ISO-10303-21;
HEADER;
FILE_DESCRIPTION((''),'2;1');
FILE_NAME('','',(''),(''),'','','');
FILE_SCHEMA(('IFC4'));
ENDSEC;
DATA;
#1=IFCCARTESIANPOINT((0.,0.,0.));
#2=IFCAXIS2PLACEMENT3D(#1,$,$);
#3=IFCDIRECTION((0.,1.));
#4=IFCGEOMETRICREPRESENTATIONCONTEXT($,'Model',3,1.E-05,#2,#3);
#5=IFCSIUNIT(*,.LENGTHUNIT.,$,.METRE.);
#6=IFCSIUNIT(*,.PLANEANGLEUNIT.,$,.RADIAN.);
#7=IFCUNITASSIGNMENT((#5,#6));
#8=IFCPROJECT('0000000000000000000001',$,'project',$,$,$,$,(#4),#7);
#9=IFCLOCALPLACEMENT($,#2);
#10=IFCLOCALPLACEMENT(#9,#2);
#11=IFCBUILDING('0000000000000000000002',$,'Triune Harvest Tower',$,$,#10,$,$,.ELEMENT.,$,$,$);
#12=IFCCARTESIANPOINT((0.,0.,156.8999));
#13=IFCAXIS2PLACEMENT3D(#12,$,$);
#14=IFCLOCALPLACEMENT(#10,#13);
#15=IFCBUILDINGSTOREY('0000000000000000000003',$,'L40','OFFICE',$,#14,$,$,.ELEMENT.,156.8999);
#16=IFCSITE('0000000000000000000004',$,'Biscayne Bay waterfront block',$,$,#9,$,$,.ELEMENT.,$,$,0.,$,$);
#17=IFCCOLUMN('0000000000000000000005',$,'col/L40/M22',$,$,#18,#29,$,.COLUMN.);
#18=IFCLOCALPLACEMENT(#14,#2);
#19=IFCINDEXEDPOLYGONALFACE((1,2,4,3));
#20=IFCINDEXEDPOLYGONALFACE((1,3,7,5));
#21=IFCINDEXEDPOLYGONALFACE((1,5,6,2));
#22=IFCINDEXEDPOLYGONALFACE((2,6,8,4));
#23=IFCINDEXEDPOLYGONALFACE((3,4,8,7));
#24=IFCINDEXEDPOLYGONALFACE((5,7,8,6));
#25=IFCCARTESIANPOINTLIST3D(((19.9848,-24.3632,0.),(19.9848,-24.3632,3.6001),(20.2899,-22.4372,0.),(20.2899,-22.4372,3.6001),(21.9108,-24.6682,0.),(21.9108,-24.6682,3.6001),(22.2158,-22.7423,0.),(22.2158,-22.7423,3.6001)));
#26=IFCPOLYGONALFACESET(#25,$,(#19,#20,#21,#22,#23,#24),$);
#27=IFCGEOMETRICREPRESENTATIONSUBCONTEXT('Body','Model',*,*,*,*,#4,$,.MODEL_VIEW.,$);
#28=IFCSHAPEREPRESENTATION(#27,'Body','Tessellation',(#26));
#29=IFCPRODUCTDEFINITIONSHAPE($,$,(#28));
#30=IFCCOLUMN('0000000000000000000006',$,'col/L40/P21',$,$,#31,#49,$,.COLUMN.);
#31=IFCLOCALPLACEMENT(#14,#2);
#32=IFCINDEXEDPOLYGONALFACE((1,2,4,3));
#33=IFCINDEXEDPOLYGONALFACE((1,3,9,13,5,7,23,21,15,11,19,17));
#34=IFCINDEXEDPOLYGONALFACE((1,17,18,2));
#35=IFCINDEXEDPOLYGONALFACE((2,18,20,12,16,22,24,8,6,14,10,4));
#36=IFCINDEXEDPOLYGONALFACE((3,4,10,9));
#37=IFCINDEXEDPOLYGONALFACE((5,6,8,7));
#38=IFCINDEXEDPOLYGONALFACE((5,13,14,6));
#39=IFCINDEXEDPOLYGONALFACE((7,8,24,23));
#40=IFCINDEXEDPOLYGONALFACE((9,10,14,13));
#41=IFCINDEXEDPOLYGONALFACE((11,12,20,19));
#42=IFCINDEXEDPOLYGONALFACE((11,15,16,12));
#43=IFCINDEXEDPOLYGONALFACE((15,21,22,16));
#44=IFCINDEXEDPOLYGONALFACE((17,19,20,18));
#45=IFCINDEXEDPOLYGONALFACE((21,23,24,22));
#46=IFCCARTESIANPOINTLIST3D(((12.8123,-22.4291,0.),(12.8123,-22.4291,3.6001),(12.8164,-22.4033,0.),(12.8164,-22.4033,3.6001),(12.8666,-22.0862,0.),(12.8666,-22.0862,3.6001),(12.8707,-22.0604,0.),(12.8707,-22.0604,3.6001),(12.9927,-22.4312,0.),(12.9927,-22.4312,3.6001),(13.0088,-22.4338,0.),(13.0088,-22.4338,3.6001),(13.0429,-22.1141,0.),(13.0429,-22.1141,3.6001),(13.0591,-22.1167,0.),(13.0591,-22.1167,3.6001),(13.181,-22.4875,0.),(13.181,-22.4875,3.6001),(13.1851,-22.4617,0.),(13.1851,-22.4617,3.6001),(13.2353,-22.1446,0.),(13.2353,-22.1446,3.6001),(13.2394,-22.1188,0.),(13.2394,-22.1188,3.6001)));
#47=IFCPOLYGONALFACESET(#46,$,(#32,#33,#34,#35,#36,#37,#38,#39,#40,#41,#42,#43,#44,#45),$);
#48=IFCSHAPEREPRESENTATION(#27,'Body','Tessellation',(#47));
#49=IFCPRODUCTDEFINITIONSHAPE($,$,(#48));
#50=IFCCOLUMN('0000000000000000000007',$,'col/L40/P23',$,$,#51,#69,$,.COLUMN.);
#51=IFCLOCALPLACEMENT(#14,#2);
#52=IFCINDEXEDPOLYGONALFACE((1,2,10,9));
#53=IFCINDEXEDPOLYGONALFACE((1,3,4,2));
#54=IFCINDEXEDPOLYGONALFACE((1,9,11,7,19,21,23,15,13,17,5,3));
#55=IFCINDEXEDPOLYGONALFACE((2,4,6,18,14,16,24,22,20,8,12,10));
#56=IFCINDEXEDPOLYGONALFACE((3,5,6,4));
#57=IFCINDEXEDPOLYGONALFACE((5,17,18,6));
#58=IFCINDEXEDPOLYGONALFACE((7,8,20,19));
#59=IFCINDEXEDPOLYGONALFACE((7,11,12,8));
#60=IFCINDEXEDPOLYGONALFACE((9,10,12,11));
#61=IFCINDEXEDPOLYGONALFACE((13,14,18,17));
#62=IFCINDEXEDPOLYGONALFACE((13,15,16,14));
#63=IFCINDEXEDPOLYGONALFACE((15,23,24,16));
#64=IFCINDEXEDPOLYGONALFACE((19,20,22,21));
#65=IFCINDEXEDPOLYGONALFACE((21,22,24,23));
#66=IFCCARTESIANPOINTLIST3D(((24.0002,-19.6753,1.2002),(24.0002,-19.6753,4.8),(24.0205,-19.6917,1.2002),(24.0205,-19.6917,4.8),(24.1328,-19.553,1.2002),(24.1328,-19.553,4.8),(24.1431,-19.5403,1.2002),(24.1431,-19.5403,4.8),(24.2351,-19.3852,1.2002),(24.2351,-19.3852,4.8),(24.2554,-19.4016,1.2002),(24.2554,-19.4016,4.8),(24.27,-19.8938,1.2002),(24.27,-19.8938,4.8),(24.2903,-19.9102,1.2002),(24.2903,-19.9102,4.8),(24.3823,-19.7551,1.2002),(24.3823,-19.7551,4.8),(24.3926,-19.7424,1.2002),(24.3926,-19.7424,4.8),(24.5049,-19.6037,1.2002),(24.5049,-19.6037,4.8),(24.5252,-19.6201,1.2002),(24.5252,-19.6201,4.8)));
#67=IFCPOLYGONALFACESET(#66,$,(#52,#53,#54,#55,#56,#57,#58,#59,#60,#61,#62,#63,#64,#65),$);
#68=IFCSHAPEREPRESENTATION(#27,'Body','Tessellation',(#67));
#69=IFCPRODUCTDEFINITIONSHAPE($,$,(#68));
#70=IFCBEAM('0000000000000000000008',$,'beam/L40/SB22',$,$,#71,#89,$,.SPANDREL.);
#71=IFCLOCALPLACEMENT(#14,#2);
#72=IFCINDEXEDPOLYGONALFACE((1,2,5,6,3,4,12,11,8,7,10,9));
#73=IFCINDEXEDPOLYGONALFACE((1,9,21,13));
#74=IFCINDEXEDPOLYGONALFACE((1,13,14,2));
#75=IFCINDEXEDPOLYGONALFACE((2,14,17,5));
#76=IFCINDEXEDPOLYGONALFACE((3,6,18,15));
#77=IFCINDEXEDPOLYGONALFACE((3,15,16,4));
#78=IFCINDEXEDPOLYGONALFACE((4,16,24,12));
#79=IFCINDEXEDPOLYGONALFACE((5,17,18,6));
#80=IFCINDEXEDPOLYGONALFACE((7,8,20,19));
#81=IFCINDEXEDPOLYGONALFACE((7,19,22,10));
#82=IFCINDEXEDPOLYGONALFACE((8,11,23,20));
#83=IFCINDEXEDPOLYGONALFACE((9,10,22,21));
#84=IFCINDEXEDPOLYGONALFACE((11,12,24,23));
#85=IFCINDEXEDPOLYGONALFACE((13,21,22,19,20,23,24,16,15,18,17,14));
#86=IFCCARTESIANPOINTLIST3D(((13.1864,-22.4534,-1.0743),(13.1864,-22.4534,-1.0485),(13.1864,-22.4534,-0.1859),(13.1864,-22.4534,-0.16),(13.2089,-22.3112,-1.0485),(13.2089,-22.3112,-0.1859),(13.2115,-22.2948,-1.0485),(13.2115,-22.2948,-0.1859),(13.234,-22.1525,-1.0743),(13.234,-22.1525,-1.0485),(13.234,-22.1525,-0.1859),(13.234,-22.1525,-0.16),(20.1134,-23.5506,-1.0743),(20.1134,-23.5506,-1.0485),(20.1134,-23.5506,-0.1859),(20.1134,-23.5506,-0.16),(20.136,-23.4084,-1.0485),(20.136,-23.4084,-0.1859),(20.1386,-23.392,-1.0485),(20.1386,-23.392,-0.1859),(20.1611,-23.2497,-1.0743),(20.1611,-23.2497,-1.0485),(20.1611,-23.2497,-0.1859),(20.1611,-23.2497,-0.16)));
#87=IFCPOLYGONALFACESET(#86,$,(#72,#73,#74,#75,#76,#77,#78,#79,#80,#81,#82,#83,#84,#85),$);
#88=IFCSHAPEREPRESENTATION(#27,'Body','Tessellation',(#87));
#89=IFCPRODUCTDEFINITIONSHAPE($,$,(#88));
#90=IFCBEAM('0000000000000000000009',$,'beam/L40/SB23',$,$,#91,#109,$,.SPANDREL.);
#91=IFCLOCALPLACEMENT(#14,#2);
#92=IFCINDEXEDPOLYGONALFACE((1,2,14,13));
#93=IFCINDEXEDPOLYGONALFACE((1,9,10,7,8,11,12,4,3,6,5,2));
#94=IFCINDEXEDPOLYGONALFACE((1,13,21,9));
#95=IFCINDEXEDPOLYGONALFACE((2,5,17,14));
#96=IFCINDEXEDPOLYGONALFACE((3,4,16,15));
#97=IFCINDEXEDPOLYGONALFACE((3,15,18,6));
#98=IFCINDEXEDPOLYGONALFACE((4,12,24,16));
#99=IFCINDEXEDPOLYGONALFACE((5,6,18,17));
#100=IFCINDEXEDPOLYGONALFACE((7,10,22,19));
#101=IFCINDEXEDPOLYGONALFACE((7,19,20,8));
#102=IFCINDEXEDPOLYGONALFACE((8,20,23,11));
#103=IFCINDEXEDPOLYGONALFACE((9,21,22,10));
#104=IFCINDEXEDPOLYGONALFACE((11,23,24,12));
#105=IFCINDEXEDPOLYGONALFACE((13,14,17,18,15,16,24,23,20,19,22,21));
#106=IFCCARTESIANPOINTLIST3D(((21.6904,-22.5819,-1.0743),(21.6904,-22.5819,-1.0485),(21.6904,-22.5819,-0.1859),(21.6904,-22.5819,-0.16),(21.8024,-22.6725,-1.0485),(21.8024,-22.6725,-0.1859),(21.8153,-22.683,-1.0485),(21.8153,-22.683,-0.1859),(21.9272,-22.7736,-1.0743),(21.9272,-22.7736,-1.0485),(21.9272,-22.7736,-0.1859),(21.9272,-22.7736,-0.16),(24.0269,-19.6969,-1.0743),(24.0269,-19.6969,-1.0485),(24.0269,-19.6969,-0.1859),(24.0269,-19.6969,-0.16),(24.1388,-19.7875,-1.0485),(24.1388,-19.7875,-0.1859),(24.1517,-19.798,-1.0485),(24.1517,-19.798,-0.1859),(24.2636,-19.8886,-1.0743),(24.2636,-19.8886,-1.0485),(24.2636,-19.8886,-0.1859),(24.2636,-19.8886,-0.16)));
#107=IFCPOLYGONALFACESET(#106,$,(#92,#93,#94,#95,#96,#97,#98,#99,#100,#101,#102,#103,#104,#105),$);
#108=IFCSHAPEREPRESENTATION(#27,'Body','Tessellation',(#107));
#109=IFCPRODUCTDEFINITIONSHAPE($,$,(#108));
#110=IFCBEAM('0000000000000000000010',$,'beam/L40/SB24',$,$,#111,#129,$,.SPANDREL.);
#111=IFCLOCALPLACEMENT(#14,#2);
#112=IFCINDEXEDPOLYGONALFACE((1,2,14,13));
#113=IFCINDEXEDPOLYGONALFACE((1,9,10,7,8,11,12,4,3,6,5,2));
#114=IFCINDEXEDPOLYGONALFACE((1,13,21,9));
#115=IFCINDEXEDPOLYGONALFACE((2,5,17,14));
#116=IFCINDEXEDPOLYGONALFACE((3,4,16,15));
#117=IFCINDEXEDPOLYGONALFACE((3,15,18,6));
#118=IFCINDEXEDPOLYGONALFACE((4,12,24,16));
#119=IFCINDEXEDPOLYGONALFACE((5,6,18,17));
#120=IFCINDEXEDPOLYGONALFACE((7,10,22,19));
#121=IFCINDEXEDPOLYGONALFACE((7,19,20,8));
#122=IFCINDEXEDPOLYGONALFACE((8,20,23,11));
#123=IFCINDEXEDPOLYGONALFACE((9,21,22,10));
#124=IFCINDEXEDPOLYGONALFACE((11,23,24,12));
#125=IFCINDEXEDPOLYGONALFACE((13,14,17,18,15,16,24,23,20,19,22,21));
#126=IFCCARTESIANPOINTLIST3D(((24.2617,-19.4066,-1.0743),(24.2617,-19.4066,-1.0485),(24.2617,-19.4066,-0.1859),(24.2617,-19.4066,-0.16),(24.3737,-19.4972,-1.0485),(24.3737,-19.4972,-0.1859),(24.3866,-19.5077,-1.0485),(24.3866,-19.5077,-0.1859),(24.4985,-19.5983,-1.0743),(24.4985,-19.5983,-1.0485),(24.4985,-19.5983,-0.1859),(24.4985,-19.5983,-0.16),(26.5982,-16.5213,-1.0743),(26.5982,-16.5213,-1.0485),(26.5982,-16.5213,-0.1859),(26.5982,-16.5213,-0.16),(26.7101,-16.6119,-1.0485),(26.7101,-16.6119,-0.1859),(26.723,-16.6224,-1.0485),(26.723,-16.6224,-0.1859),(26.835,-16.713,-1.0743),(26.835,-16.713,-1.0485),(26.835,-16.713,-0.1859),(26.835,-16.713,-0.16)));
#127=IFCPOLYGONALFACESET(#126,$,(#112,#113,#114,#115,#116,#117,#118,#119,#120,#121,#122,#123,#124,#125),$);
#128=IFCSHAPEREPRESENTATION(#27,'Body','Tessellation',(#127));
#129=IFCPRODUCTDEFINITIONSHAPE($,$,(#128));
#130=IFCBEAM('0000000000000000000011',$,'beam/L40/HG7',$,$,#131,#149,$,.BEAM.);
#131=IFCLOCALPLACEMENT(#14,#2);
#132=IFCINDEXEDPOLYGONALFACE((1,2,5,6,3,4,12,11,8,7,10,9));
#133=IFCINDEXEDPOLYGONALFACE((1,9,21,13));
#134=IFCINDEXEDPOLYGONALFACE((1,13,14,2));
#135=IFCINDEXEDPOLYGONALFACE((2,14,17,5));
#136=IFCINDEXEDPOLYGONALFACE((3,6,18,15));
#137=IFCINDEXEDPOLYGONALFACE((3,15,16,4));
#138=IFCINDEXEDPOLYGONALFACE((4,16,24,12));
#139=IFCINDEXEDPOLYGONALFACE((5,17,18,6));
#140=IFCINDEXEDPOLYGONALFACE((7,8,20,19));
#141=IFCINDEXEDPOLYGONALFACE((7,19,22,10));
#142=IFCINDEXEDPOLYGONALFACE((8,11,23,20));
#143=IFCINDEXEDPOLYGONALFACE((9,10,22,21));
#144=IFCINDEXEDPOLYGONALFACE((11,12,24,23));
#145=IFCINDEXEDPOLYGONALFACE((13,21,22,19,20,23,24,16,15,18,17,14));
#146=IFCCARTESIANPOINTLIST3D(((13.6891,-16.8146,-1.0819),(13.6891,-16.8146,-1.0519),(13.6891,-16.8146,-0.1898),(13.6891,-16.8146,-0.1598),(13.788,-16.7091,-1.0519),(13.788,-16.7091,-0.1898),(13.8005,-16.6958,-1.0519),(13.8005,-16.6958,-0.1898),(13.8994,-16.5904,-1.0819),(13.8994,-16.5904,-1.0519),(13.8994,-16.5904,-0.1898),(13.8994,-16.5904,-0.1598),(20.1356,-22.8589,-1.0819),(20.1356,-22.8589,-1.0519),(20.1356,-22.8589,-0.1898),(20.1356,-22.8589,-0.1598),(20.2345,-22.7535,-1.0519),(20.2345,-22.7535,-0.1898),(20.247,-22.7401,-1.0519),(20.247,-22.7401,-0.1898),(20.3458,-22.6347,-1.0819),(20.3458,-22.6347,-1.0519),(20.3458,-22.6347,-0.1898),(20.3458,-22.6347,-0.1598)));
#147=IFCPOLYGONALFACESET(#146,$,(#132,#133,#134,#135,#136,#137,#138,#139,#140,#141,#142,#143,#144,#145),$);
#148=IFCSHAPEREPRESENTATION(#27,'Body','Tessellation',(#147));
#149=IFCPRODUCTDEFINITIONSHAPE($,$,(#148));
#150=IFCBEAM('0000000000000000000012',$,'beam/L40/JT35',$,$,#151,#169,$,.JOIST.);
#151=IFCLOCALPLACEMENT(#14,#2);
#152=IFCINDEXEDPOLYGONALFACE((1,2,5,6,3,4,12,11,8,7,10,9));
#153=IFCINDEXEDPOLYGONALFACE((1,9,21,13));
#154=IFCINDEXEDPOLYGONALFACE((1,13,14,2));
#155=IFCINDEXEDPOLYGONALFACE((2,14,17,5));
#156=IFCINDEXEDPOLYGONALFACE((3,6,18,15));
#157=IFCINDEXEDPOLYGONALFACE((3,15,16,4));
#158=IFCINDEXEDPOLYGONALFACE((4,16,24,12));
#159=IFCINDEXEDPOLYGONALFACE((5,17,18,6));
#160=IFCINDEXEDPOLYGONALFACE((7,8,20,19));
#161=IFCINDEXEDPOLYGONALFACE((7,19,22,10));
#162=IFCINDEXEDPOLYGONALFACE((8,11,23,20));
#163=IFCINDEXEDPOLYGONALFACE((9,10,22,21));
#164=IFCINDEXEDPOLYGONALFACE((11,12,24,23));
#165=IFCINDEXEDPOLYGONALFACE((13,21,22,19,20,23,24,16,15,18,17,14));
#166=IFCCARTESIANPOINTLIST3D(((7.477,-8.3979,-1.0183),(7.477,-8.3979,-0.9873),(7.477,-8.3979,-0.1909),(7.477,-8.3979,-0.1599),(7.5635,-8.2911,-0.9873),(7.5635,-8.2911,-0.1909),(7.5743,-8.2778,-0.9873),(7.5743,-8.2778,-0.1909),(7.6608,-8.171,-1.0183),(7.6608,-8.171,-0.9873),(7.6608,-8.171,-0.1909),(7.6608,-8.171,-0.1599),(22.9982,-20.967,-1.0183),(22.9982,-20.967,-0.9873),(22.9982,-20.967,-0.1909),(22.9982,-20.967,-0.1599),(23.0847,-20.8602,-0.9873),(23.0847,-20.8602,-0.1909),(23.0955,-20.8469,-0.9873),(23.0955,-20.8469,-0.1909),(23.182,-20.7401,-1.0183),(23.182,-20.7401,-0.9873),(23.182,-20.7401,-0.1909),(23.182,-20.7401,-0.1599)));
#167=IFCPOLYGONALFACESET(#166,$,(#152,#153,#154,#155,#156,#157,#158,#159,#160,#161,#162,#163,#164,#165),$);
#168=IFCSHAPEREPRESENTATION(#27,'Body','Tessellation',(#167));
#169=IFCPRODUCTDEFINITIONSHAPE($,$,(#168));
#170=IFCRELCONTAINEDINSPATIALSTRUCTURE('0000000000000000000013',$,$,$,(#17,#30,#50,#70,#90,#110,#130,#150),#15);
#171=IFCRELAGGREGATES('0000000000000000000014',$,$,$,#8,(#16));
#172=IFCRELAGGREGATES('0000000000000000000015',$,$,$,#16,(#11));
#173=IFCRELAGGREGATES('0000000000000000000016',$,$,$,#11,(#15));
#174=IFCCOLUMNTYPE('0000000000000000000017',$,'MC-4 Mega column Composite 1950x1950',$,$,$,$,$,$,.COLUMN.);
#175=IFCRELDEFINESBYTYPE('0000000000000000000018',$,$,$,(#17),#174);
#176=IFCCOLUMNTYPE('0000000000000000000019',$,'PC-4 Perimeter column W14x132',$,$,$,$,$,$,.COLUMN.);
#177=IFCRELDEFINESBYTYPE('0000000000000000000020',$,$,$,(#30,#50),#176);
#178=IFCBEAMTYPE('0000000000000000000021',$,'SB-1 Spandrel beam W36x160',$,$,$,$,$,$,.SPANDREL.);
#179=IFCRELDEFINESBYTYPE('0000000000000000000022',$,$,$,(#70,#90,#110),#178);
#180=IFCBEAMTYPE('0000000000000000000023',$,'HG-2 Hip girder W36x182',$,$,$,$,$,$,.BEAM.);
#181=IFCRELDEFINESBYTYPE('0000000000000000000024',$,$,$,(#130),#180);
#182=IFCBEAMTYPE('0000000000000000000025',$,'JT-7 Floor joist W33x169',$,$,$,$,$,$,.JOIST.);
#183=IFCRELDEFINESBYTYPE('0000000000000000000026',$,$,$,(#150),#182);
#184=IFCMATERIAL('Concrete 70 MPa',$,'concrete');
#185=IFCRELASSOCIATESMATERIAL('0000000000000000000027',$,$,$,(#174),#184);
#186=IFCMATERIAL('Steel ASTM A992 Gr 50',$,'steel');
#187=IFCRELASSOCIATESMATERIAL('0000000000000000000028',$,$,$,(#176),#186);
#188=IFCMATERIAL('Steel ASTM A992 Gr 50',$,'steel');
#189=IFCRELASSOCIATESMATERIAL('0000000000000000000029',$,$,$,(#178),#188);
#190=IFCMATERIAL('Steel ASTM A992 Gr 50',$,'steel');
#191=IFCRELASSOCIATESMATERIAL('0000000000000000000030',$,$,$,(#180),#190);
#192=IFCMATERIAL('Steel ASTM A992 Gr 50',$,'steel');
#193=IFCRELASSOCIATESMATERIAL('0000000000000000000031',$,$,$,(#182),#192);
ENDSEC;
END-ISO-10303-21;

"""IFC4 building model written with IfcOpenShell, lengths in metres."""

from ifc_helpers import new_model, si_unit, direction, frame, origin, origin_2d, place, context, subcontext, project, spatial, rectangle, i_section, extrude, source, transform, mapped, material, material_profile, profile_set, type_object, element, save


model = new_model("IFC4")

# Units and contexts
model_context = context("Model", 3, precision=1e-05, world=origin(), true_north=direction((0.0, 1.0)))
body_context = subcontext(model_context, "Body", "Model", "MODEL_VIEW")
ifc_project = project(units=[si_unit("LENGTHUNIT", "METRE"), si_unit("PLANEANGLEUNIT", "RADIAN")], contexts=[model_context])

# Site, building, storey
site_placement = place(None, origin())
site = spatial("IfcSite", under=ifc_project, at=site_placement, Name="Biscayne Bay waterfront block", CompositionType="ELEMENT", RefElevation=0.0)
building_placement = place(site_placement, origin())
building = spatial("IfcBuilding", under=site, at=building_placement, Name="Triune Harvest Tower", CompositionType="ELEMENT")
storey_placement = place(building_placement, frame((0.0, 0.0, 156.8999)))
storey = spatial("IfcBuildingStorey", under=building, at=storey_placement, Name="L40", Description="OFFICE", CompositionType="ELEMENT", Elevation=156.8999)

# Columns
ifc_material_1 = material(Name="Concrete 70 MPa", Category="concrete")
ifc_material_profile_1 = material_profile(ifc_material_1, rectangle(XDim=1.95, YDim=1.95, at=origin_2d()), Name="Composite 1950x1950")
ifc_profile_set_1 = profile_set([ifc_material_profile_1], Name="Concrete 70 MPa")
column_type_1 = type_object("IfcColumnType", Name="MC-4 Mega column Composite 1950x1950", PredefinedType="COLUMN", material=ifc_profile_set_1)
shared_shape_1 = source(origin(), body_context, "Body", "SweptSolid", [
    extrude(rectangle(XDim=1.95, YDim=1.95, at=origin_2d()), origin(), (0.0, 0.0, 1.0), 3.6001),
])
column_1_placement = place(storey_placement, frame((21.1003, -23.5527, 0.0), z_axis=(0.0, 0.0, 1.0), x_axis=(0.987688, -0.156434, 0.0)))
element("IfcColumn", 1, at=column_1_placement, inside=storey, type_object=column_type_1, Name="col/L40/M22", PredefinedType="COLUMN", context=body_context, shape_type="MappedRepresentation", body=[
    mapped(shared_shape_1, transform((0.0, 0.0, 0.0), scale=1.0)),
])
ifc_material_2 = material(Name="Steel ASTM A992 Gr 50", Category="steel")
ifc_material_profile_2 = material_profile(ifc_material_2, i_section(OverallWidth=0.3733, OverallDepth=0.3733, WebThickness=0.0164, FlangeThickness=0.0261, at=origin_2d()), Name="W14x132")
ifc_profile_set_2 = profile_set([ifc_material_profile_2], Name="Steel ASTM A992 Gr 50")
column_type_2 = type_object("IfcColumnType", Name="PC-4 Perimeter column W14x132", PredefinedType="COLUMN", material=ifc_profile_set_2)
shared_shape_2 = source(origin(), body_context, "Body", "SweptSolid", [
    extrude(i_section(OverallWidth=0.3733, OverallDepth=0.3733, WebThickness=0.0164, FlangeThickness=0.0261, at=origin_2d()), origin(), (0.0, 0.0, 1.0), 3.6001),
])
column_2_placement = place(storey_placement, frame((13.0259, -22.2739, 0.0), z_axis=(0.0, 0.0, 1.0), x_axis=(0.987688, -0.156434, 0.0)))
element("IfcColumn", 2, at=column_2_placement, inside=storey, type_object=column_type_2, Name="col/L40/P21", PredefinedType="COLUMN", context=body_context, shape_type="MappedRepresentation", body=[
    mapped(shared_shape_2, transform((0.0, 0.0, 0.0), scale=1.0)),
])
shared_shape_3 = source(origin(), body_context, "Body", "SweptSolid", [
    extrude(i_section(OverallWidth=0.3733, OverallDepth=0.3733, WebThickness=0.0164, FlangeThickness=0.0261, at=origin_2d()), origin(), (0.0, 0.0, 1.0), 3.5999),
])
column_3_placement = place(storey_placement, frame((24.2627, -19.6477, 1.2002), z_axis=(0.0, 0.0, 1.0), x_axis=(0.629322, 0.777145, 0.0)))
element("IfcColumn", 3, at=column_3_placement, inside=storey, type_object=column_type_2, Name="col/L40/P23", PredefinedType="COLUMN", context=body_context, shape_type="MappedRepresentation", body=[
    mapped(shared_shape_3, transform((0.0, 0.0, 0.0), scale=1.0)),
])

# Beams
ifc_material_3 = material(Name="Steel ASTM A992 Gr 50", Category="steel")
ifc_material_profile_3 = material_profile(ifc_material_3, i_section(OverallWidth=0.3047, OverallDepth=0.9143, WebThickness=0.0166, FlangeThickness=0.0259, at=origin_2d()), Name="W36x160")
ifc_profile_set_3 = profile_set([ifc_material_profile_3], Name="Steel ASTM A992 Gr 50")
beam_type_1 = type_object("IfcBeamType", Name="SB-1 Spandrel beam W36x160", PredefinedType="SPANDREL", material=ifc_profile_set_3)
shared_shape_4 = source(origin(), body_context, "Body", "SweptSolid", [
    extrude(i_section(OverallWidth=0.3047, OverallDepth=0.9143, WebThickness=0.0166, FlangeThickness=0.0259, at=origin_2d()), origin(), (0.0, 0.0, 1.0), 7.0134),
])
beam_1_placement = place(storey_placement, frame((13.2102, -22.303, -0.6172), z_axis=(0.987687, -0.15644, 0.0), x_axis=(0.15644, 0.987687, 0.0)))
element("IfcBeam", 4, at=beam_1_placement, inside=storey, type_object=beam_type_1, Name="beam/L40/SB22", PredefinedType="SPANDREL", context=body_context, shape_type="MappedRepresentation", body=[
    mapped(shared_shape_4, transform((0.0, 0.0, 0.0), scale=1.0)),
])
shared_shape_5 = source(origin(), body_context, "Body", "SweptSolid", [
    extrude(i_section(OverallWidth=0.3047, OverallDepth=0.9143, WebThickness=0.0166, FlangeThickness=0.0259, at=origin_2d()), origin(), (0.0, 0.0, 1.0), 3.7124),
])
beam_2_placement = place(storey_placement, frame((21.8088, -22.6777, -0.6172), z_axis=(0.629351, 0.777121, 0.0), x_axis=(-0.777121, 0.629351, 0.0)))
element("IfcBeam", 5, at=beam_2_placement, inside=storey, type_object=beam_type_1, Name="beam/L40/SB23", PredefinedType="SPANDREL", context=body_context, shape_type="MappedRepresentation", body=[
    mapped(shared_shape_5, transform((0.0, 0.0, 0.0), scale=1.0)),
])
shared_shape_6 = source(origin(), body_context, "Body", "SweptSolid", [
    extrude(i_section(OverallWidth=0.3047, OverallDepth=0.9143, WebThickness=0.0166, FlangeThickness=0.0259, at=origin_2d()), origin(), (0.0, 0.0, 1.0), 3.7126),
])
beam_3_placement = place(storey_placement, frame((24.3801, -19.5024, -0.6172), z_axis=(0.629319, 0.777147, 0.0), x_axis=(-0.777147, 0.629319, 0.0)))
element("IfcBeam", 6, at=beam_3_placement, inside=storey, type_object=beam_type_1, Name="beam/L40/SB24", PredefinedType="SPANDREL", context=body_context, shape_type="MappedRepresentation", body=[
    mapped(shared_shape_6, transform((0.0, 0.0, 0.0), scale=1.0)),
])
ifc_material_4 = material(Name="Steel ASTM A992 Gr 50", Category="steel")
ifc_material_profile_4 = material_profile(ifc_material_4, i_section(OverallWidth=0.3074, OverallDepth=0.9221, WebThickness=0.0183, FlangeThickness=0.03, at=origin_2d()), Name="W36x182")
ifc_profile_set_4 = profile_set([ifc_material_profile_4], Name="Steel ASTM A992 Gr 50")
beam_type_2 = type_object("IfcBeamType", Name="HG-2 Hip girder W36x182", PredefinedType="BEAM", material=ifc_profile_set_4)
shared_shape_7 = source(origin(), body_context, "Body", "SweptSolid", [
    extrude(i_section(OverallWidth=0.3074, OverallDepth=0.9221, WebThickness=0.0183, FlangeThickness=0.03, at=origin_2d()), origin(), (0.0, 0.0, 1.0), 8.8369),
])
beam_4_placement = place(storey_placement, frame((20.2407, -22.7468, -0.6208), z_axis=(-0.729492, 0.68399, 0.0), x_axis=(-0.68399, -0.729492, 0.0)))
element("IfcBeam", 7, at=beam_4_placement, inside=storey, type_object=beam_type_2, Name="beam/L40/HG7", PredefinedType="BEAM", context=body_context, shape_type="MappedRepresentation", body=[
    mapped(shared_shape_7, transform((0.0, 0.0, 0.0), scale=1.0)),
])
ifc_material_5 = material(Name="Steel ASTM A992 Gr 50", Category="steel")
ifc_material_profile_5 = material_profile(ifc_material_5, i_section(OverallWidth=0.292, OverallDepth=0.8584, WebThickness=0.0171, FlangeThickness=0.031, at=origin_2d()), Name="W33x169")
ifc_profile_set_5 = profile_set([ifc_material_profile_5], Name="Steel ASTM A992 Gr 50")
beam_type_3 = type_object("IfcBeamType", Name="JT-7 Floor joist W33x169", PredefinedType="JOIST", material=ifc_profile_set_5)
shared_shape_8 = source(origin(), body_context, "Body", "SweptSolid", [
    extrude(i_section(OverallWidth=0.292, OverallDepth=0.8584, WebThickness=0.0171, FlangeThickness=0.031, at=origin_2d()), origin(), (0.0, 0.0, 1.0), 19.9722),
])
beam_5_placement = place(storey_placement, frame((23.0901, -20.8535, -0.5891), z_axis=(-0.77714, 0.629328, 0.0), x_axis=(-0.629328, -0.77714, 0.0)))
element("IfcBeam", 8, at=beam_5_placement, inside=storey, type_object=beam_type_3, Name="beam/L40/JT35", PredefinedType="JOIST", context=body_context, shape_type="MappedRepresentation", body=[
    mapped(shared_shape_8, transform((0.0, 0.0, 0.0), scale=1.0)),
])

save(model, "model.ifc")
